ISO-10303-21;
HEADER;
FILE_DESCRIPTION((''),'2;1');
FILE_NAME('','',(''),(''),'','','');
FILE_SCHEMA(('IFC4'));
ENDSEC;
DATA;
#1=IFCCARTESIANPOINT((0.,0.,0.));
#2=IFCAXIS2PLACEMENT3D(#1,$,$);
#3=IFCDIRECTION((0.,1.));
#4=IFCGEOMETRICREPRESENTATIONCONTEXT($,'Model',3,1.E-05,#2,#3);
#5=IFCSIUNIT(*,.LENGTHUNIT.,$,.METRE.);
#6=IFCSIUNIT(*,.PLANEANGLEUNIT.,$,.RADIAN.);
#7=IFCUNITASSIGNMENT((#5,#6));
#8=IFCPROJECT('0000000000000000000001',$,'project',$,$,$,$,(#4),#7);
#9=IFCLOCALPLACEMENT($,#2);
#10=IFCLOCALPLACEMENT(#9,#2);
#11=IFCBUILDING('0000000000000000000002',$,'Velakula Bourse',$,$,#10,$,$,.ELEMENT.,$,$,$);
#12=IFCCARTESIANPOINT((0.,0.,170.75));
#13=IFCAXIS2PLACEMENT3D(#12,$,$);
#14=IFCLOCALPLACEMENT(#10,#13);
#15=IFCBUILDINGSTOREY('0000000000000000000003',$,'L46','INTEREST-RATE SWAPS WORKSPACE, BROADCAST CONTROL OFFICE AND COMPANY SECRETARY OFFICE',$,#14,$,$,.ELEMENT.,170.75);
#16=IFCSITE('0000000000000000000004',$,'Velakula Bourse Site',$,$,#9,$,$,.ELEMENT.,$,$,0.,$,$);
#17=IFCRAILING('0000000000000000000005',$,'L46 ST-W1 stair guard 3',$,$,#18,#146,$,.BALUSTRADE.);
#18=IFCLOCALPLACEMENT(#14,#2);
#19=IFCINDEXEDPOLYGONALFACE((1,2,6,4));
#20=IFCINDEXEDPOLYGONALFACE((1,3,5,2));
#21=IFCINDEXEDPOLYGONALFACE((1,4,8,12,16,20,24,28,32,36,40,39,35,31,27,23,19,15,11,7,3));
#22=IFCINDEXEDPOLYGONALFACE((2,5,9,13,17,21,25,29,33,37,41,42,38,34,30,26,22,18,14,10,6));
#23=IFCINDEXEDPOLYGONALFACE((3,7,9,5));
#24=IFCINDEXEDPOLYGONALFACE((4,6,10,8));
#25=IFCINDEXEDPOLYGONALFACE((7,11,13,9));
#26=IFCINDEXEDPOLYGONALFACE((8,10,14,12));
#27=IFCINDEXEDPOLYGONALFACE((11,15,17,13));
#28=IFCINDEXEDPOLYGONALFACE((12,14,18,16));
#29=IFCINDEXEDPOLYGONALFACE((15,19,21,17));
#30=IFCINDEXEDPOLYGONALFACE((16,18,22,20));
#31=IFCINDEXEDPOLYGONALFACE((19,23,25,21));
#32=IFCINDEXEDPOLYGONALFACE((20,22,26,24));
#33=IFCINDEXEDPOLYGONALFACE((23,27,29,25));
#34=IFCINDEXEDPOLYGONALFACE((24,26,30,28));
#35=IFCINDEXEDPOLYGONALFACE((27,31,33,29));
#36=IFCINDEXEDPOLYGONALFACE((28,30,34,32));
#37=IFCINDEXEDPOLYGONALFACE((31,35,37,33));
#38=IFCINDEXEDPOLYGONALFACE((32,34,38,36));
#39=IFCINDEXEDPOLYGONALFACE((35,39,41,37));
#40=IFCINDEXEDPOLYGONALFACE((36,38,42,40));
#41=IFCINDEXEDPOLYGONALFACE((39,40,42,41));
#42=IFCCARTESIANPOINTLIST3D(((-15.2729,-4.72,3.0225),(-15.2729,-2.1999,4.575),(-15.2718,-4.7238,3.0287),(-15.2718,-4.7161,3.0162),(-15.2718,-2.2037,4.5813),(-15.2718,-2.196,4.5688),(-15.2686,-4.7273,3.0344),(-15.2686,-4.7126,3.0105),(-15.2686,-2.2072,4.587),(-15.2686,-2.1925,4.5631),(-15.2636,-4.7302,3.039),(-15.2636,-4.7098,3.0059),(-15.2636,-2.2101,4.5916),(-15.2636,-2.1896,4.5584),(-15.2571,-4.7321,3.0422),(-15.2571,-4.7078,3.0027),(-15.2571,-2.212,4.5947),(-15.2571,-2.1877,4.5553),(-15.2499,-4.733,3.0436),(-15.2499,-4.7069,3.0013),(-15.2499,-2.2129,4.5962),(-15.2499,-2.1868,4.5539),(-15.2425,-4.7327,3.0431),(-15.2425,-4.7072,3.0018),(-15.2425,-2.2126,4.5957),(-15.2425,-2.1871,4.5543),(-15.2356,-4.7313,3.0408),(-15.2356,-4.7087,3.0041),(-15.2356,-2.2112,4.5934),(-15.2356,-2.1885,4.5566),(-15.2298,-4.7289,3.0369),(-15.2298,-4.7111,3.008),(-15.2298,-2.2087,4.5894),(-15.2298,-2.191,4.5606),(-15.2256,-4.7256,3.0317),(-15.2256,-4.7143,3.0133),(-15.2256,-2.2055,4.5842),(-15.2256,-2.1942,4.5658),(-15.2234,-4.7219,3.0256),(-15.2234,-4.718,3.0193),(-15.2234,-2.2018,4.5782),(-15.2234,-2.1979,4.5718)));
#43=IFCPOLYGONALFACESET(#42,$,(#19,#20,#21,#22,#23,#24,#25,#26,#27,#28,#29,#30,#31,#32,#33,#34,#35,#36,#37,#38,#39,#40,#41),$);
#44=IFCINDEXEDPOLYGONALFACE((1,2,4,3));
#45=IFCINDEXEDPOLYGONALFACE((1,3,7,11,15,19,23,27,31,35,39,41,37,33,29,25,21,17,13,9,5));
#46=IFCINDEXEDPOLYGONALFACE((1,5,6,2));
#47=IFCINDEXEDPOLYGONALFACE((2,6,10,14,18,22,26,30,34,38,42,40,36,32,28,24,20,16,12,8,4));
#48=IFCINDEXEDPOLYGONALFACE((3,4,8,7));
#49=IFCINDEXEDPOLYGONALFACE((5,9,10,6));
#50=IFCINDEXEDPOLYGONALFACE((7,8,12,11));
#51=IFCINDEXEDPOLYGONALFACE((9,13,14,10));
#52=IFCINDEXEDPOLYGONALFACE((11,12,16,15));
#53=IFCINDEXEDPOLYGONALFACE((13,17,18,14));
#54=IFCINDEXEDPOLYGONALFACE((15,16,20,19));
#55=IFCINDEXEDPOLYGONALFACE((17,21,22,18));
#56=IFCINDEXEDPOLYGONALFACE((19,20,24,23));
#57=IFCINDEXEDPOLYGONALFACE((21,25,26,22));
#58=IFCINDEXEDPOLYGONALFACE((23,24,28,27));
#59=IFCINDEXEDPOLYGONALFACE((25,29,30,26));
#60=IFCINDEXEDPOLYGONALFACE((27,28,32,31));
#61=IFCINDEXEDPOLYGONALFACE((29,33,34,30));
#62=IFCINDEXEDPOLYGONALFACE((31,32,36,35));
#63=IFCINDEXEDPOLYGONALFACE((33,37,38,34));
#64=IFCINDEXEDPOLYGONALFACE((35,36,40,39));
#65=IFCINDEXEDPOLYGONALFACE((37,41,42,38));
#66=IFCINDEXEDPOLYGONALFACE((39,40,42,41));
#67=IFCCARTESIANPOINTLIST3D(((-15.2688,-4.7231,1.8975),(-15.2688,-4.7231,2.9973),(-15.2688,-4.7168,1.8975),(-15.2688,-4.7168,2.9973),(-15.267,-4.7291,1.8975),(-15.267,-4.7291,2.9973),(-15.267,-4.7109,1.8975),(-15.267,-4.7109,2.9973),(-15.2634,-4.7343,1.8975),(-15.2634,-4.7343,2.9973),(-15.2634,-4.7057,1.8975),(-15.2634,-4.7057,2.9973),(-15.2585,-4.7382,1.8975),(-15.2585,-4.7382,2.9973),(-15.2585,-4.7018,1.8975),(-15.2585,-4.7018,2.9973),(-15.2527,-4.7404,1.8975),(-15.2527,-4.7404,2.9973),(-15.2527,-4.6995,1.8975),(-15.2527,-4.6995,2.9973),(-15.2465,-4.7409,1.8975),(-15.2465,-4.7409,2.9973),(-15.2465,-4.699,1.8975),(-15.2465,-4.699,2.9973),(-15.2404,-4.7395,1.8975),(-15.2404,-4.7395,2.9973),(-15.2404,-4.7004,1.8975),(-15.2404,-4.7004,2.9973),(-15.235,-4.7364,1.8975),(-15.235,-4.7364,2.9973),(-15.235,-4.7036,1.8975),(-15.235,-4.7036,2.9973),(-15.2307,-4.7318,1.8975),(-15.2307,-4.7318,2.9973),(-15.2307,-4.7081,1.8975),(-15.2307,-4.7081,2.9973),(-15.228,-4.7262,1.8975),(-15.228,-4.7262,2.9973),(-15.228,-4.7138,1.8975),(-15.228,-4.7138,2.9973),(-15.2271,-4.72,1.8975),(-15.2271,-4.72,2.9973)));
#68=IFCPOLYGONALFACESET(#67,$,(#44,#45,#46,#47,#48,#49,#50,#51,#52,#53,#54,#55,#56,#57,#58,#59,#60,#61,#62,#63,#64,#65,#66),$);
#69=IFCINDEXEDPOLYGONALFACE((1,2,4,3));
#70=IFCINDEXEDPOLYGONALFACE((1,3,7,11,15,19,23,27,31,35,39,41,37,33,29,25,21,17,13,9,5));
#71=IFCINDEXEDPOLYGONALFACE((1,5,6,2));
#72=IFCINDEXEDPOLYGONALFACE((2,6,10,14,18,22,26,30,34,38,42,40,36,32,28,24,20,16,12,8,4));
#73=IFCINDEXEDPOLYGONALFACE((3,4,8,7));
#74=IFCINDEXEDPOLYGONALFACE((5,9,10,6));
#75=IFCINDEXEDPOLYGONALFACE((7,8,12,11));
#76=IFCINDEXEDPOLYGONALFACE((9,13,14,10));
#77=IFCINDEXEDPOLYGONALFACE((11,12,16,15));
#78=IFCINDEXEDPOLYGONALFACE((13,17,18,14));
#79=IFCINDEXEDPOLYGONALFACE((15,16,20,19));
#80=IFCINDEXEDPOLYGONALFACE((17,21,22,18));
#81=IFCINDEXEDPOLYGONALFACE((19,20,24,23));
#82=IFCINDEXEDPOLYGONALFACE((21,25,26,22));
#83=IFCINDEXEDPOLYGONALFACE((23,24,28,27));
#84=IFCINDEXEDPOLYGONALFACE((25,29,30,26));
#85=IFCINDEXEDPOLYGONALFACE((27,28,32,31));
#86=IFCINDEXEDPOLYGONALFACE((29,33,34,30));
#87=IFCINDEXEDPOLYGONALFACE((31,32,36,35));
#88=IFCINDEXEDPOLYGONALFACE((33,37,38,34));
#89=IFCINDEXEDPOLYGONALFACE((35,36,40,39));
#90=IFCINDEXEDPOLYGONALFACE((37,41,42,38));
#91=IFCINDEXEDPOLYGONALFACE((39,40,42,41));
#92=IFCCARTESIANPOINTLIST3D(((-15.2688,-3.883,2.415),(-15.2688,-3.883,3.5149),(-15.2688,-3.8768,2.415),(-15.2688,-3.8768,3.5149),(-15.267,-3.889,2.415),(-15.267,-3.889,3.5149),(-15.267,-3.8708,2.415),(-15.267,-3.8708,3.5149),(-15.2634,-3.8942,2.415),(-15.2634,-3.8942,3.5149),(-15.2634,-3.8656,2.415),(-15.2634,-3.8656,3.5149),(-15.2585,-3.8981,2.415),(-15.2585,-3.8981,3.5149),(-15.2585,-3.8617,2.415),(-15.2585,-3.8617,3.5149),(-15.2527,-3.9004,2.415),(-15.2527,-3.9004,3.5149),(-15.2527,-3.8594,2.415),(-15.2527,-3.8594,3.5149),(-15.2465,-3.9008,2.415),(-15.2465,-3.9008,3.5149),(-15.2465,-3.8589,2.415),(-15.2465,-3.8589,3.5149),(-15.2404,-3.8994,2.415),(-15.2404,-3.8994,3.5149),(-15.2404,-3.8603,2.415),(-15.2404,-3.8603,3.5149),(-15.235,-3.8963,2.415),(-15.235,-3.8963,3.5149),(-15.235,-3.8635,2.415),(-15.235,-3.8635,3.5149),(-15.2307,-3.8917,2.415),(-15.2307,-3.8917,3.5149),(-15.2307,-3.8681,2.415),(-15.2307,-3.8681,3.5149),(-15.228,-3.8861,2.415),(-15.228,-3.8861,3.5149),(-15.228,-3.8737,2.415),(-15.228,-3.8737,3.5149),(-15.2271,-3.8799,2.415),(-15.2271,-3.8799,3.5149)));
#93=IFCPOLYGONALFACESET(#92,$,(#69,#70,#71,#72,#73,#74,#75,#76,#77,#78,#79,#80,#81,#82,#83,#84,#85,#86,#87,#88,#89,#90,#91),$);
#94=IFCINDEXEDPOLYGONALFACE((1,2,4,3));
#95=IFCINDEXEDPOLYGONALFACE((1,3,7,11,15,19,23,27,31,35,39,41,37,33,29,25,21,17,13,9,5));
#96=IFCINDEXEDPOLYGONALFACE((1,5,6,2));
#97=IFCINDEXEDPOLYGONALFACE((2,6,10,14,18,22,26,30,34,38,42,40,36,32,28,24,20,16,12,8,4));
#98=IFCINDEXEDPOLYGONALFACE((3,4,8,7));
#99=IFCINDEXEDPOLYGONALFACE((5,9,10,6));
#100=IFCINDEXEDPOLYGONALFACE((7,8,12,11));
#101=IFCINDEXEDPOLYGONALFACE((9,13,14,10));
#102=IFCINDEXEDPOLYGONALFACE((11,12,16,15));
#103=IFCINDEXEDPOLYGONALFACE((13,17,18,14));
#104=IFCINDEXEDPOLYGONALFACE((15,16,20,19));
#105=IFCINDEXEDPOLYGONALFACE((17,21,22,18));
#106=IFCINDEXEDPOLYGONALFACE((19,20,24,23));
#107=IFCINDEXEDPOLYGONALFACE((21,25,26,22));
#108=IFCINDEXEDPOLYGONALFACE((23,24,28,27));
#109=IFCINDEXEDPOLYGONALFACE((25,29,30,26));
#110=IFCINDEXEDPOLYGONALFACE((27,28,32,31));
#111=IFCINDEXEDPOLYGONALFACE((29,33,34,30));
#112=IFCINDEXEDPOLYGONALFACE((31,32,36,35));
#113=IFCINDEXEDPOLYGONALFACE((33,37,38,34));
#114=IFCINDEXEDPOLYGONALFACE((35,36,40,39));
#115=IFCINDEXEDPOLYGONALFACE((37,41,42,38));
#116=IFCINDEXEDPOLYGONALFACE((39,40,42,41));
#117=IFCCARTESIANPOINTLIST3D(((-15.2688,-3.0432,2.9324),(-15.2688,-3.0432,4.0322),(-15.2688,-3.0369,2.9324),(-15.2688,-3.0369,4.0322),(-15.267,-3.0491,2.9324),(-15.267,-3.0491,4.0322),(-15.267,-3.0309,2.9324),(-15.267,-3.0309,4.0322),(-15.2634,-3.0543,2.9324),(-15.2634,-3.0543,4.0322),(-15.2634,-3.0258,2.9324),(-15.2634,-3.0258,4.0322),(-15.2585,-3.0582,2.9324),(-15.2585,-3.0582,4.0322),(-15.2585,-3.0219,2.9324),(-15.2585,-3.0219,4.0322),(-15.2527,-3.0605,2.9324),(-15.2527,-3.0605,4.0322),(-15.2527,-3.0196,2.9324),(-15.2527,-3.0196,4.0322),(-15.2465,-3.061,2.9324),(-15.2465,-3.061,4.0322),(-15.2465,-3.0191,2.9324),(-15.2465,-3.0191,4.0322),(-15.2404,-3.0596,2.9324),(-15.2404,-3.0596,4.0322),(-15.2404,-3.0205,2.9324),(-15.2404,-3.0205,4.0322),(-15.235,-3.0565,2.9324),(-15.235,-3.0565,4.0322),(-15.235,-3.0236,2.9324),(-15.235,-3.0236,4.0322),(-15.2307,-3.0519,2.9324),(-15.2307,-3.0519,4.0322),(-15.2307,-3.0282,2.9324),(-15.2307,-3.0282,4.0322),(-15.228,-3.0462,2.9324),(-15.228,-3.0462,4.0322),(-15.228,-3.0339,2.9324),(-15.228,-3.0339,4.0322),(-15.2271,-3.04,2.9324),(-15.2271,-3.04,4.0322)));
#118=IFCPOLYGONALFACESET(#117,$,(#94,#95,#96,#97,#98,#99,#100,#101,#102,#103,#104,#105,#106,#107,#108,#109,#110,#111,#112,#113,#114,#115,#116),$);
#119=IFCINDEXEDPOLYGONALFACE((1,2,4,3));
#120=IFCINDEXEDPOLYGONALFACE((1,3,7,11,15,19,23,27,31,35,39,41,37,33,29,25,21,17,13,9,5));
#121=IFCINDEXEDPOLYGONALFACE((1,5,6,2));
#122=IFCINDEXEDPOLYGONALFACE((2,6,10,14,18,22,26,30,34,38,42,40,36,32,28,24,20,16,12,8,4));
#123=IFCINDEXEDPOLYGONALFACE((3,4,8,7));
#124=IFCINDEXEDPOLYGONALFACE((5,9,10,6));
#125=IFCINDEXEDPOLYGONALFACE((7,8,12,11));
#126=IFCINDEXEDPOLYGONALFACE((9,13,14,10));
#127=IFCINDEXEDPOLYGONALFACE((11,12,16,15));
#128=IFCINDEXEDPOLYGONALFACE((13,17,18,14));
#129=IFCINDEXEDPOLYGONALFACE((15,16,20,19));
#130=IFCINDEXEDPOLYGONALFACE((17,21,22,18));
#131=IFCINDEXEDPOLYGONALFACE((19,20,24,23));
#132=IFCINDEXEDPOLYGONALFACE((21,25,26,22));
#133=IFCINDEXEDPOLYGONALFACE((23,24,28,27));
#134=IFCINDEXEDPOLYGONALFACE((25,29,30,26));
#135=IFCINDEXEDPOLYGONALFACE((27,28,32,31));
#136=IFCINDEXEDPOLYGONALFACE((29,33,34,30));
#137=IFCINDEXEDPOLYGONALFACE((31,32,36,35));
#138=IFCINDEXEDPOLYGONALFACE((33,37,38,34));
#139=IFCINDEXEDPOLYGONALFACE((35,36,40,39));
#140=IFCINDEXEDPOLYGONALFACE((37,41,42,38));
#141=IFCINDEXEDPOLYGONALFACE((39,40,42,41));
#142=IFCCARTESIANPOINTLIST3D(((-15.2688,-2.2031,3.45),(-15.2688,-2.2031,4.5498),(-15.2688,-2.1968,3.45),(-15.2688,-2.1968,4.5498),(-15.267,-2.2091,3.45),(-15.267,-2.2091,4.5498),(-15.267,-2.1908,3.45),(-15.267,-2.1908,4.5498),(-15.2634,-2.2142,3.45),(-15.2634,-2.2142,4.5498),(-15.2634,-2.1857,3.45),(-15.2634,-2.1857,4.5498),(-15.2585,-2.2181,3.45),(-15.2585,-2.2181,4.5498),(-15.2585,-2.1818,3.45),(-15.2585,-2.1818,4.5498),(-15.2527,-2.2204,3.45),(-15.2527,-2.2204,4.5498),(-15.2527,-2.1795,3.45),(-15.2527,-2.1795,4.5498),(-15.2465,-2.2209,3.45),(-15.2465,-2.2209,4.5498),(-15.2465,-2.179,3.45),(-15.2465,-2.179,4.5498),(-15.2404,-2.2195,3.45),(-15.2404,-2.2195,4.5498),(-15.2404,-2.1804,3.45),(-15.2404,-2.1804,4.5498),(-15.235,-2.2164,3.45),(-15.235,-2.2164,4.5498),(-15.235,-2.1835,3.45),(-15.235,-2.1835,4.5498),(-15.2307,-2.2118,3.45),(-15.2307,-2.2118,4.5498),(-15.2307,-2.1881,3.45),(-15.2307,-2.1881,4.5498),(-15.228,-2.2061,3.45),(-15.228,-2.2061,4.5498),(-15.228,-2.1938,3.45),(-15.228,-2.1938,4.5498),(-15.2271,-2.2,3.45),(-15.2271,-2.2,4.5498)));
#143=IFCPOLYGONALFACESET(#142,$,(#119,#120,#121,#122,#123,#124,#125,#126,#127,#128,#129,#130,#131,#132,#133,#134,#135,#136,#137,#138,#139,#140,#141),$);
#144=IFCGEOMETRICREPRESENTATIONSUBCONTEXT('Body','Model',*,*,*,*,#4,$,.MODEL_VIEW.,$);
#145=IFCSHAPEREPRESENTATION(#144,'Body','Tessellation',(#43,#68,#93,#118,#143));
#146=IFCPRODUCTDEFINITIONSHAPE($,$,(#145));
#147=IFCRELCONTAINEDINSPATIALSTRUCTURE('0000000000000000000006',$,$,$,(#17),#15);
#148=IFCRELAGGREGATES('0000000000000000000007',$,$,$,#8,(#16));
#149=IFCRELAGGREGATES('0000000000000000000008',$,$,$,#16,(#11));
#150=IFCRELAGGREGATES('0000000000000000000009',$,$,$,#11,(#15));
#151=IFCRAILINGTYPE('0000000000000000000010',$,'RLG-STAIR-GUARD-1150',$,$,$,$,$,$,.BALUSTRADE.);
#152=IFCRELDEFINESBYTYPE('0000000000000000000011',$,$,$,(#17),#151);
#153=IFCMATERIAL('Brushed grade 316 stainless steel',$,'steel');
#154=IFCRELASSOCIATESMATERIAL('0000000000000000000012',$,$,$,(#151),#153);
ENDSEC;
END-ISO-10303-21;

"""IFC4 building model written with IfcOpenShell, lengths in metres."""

from ifc_helpers import new_model, si_unit, direction, frame, origin, origin_2d, place, context, subcontext, project, spatial, circle, extrude, material, type_object, element, save


model = new_model("IFC4")

# Units and contexts
model_context = context("Model", 3, precision=1e-05, world=origin(), true_north=direction((0.0, 1.0)))
body_context = subcontext(model_context, "Body", "Model", "MODEL_VIEW")
ifc_project = project(units=[si_unit("LENGTHUNIT", "METRE"), si_unit("PLANEANGLEUNIT", "RADIAN")], contexts=[model_context])

# Site, building, storey
site_placement = place(None, origin())
site = spatial("IfcSite", under=ifc_project, at=site_placement, Name="Velakula Bourse Site", CompositionType="ELEMENT", RefElevation=0.0)
building_placement = place(site_placement, origin())
building = spatial("IfcBuilding", under=site, at=building_placement, Name="Velakula Bourse", CompositionType="ELEMENT")
storey_placement = place(building_placement, frame((0.0, 0.0, 170.75)))
storey = spatial("IfcBuildingStorey", under=building, at=storey_placement, Name="L46", Description="INTEREST-RATE SWAPS WORKSPACE, BROADCAST CONTROL OFFICE AND COMPANY SECRETARY OFFICE", CompositionType="ELEMENT", Elevation=170.75)

# Shared definitions
ifc_material_1 = material(Name="Brushed grade 316 stainless steel", Category="steel")

# Railing
railing_type_1 = type_object("IfcRailingType", Name="RLG-STAIR-GUARD-1150", PredefinedType="BALUSTRADE", material=ifc_material_1)
railing_1_placement = place(storey_placement, frame((-15.248, -4.72, 1.8975)))
element("IfcRailing", 1, at=railing_1_placement, inside=storey, type_object=railing_type_1, Name="L46 ST-W1 stair guard 3", PredefinedType="BALUSTRADE", context=body_context, shape_type="SweptSolid", body=[
    extrude(circle(Radius=0.0249, at=origin_2d()), frame((0.0, 0.0, 1.125), z_axis=(0.0, 0.8514, 0.524516), x_axis=(-1.0, 0.0, 0.0)), (0.0, 0.0, 1.0), 2.96),
    extrude(circle(Radius=0.021, at=origin_2d()), origin(), (0.0, 0.0, 1.0), 1.0999),
    extrude(circle(Radius=0.021, at=origin_2d()), frame((0.0, 0.8401, 0.5176)), (0.0, 0.0, 1.0), 1.0999),
    extrude(circle(Radius=0.021, at=origin_2d()), frame((0.0, 1.6799, 1.0349)), (0.0, 0.0, 1.0), 1.0999),
    extrude(circle(Radius=0.021, at=origin_2d()), frame((0.0, 2.52, 1.5525)), (0.0, 0.0, 1.0), 1.0999),
])

save(model, "model.ifc")
